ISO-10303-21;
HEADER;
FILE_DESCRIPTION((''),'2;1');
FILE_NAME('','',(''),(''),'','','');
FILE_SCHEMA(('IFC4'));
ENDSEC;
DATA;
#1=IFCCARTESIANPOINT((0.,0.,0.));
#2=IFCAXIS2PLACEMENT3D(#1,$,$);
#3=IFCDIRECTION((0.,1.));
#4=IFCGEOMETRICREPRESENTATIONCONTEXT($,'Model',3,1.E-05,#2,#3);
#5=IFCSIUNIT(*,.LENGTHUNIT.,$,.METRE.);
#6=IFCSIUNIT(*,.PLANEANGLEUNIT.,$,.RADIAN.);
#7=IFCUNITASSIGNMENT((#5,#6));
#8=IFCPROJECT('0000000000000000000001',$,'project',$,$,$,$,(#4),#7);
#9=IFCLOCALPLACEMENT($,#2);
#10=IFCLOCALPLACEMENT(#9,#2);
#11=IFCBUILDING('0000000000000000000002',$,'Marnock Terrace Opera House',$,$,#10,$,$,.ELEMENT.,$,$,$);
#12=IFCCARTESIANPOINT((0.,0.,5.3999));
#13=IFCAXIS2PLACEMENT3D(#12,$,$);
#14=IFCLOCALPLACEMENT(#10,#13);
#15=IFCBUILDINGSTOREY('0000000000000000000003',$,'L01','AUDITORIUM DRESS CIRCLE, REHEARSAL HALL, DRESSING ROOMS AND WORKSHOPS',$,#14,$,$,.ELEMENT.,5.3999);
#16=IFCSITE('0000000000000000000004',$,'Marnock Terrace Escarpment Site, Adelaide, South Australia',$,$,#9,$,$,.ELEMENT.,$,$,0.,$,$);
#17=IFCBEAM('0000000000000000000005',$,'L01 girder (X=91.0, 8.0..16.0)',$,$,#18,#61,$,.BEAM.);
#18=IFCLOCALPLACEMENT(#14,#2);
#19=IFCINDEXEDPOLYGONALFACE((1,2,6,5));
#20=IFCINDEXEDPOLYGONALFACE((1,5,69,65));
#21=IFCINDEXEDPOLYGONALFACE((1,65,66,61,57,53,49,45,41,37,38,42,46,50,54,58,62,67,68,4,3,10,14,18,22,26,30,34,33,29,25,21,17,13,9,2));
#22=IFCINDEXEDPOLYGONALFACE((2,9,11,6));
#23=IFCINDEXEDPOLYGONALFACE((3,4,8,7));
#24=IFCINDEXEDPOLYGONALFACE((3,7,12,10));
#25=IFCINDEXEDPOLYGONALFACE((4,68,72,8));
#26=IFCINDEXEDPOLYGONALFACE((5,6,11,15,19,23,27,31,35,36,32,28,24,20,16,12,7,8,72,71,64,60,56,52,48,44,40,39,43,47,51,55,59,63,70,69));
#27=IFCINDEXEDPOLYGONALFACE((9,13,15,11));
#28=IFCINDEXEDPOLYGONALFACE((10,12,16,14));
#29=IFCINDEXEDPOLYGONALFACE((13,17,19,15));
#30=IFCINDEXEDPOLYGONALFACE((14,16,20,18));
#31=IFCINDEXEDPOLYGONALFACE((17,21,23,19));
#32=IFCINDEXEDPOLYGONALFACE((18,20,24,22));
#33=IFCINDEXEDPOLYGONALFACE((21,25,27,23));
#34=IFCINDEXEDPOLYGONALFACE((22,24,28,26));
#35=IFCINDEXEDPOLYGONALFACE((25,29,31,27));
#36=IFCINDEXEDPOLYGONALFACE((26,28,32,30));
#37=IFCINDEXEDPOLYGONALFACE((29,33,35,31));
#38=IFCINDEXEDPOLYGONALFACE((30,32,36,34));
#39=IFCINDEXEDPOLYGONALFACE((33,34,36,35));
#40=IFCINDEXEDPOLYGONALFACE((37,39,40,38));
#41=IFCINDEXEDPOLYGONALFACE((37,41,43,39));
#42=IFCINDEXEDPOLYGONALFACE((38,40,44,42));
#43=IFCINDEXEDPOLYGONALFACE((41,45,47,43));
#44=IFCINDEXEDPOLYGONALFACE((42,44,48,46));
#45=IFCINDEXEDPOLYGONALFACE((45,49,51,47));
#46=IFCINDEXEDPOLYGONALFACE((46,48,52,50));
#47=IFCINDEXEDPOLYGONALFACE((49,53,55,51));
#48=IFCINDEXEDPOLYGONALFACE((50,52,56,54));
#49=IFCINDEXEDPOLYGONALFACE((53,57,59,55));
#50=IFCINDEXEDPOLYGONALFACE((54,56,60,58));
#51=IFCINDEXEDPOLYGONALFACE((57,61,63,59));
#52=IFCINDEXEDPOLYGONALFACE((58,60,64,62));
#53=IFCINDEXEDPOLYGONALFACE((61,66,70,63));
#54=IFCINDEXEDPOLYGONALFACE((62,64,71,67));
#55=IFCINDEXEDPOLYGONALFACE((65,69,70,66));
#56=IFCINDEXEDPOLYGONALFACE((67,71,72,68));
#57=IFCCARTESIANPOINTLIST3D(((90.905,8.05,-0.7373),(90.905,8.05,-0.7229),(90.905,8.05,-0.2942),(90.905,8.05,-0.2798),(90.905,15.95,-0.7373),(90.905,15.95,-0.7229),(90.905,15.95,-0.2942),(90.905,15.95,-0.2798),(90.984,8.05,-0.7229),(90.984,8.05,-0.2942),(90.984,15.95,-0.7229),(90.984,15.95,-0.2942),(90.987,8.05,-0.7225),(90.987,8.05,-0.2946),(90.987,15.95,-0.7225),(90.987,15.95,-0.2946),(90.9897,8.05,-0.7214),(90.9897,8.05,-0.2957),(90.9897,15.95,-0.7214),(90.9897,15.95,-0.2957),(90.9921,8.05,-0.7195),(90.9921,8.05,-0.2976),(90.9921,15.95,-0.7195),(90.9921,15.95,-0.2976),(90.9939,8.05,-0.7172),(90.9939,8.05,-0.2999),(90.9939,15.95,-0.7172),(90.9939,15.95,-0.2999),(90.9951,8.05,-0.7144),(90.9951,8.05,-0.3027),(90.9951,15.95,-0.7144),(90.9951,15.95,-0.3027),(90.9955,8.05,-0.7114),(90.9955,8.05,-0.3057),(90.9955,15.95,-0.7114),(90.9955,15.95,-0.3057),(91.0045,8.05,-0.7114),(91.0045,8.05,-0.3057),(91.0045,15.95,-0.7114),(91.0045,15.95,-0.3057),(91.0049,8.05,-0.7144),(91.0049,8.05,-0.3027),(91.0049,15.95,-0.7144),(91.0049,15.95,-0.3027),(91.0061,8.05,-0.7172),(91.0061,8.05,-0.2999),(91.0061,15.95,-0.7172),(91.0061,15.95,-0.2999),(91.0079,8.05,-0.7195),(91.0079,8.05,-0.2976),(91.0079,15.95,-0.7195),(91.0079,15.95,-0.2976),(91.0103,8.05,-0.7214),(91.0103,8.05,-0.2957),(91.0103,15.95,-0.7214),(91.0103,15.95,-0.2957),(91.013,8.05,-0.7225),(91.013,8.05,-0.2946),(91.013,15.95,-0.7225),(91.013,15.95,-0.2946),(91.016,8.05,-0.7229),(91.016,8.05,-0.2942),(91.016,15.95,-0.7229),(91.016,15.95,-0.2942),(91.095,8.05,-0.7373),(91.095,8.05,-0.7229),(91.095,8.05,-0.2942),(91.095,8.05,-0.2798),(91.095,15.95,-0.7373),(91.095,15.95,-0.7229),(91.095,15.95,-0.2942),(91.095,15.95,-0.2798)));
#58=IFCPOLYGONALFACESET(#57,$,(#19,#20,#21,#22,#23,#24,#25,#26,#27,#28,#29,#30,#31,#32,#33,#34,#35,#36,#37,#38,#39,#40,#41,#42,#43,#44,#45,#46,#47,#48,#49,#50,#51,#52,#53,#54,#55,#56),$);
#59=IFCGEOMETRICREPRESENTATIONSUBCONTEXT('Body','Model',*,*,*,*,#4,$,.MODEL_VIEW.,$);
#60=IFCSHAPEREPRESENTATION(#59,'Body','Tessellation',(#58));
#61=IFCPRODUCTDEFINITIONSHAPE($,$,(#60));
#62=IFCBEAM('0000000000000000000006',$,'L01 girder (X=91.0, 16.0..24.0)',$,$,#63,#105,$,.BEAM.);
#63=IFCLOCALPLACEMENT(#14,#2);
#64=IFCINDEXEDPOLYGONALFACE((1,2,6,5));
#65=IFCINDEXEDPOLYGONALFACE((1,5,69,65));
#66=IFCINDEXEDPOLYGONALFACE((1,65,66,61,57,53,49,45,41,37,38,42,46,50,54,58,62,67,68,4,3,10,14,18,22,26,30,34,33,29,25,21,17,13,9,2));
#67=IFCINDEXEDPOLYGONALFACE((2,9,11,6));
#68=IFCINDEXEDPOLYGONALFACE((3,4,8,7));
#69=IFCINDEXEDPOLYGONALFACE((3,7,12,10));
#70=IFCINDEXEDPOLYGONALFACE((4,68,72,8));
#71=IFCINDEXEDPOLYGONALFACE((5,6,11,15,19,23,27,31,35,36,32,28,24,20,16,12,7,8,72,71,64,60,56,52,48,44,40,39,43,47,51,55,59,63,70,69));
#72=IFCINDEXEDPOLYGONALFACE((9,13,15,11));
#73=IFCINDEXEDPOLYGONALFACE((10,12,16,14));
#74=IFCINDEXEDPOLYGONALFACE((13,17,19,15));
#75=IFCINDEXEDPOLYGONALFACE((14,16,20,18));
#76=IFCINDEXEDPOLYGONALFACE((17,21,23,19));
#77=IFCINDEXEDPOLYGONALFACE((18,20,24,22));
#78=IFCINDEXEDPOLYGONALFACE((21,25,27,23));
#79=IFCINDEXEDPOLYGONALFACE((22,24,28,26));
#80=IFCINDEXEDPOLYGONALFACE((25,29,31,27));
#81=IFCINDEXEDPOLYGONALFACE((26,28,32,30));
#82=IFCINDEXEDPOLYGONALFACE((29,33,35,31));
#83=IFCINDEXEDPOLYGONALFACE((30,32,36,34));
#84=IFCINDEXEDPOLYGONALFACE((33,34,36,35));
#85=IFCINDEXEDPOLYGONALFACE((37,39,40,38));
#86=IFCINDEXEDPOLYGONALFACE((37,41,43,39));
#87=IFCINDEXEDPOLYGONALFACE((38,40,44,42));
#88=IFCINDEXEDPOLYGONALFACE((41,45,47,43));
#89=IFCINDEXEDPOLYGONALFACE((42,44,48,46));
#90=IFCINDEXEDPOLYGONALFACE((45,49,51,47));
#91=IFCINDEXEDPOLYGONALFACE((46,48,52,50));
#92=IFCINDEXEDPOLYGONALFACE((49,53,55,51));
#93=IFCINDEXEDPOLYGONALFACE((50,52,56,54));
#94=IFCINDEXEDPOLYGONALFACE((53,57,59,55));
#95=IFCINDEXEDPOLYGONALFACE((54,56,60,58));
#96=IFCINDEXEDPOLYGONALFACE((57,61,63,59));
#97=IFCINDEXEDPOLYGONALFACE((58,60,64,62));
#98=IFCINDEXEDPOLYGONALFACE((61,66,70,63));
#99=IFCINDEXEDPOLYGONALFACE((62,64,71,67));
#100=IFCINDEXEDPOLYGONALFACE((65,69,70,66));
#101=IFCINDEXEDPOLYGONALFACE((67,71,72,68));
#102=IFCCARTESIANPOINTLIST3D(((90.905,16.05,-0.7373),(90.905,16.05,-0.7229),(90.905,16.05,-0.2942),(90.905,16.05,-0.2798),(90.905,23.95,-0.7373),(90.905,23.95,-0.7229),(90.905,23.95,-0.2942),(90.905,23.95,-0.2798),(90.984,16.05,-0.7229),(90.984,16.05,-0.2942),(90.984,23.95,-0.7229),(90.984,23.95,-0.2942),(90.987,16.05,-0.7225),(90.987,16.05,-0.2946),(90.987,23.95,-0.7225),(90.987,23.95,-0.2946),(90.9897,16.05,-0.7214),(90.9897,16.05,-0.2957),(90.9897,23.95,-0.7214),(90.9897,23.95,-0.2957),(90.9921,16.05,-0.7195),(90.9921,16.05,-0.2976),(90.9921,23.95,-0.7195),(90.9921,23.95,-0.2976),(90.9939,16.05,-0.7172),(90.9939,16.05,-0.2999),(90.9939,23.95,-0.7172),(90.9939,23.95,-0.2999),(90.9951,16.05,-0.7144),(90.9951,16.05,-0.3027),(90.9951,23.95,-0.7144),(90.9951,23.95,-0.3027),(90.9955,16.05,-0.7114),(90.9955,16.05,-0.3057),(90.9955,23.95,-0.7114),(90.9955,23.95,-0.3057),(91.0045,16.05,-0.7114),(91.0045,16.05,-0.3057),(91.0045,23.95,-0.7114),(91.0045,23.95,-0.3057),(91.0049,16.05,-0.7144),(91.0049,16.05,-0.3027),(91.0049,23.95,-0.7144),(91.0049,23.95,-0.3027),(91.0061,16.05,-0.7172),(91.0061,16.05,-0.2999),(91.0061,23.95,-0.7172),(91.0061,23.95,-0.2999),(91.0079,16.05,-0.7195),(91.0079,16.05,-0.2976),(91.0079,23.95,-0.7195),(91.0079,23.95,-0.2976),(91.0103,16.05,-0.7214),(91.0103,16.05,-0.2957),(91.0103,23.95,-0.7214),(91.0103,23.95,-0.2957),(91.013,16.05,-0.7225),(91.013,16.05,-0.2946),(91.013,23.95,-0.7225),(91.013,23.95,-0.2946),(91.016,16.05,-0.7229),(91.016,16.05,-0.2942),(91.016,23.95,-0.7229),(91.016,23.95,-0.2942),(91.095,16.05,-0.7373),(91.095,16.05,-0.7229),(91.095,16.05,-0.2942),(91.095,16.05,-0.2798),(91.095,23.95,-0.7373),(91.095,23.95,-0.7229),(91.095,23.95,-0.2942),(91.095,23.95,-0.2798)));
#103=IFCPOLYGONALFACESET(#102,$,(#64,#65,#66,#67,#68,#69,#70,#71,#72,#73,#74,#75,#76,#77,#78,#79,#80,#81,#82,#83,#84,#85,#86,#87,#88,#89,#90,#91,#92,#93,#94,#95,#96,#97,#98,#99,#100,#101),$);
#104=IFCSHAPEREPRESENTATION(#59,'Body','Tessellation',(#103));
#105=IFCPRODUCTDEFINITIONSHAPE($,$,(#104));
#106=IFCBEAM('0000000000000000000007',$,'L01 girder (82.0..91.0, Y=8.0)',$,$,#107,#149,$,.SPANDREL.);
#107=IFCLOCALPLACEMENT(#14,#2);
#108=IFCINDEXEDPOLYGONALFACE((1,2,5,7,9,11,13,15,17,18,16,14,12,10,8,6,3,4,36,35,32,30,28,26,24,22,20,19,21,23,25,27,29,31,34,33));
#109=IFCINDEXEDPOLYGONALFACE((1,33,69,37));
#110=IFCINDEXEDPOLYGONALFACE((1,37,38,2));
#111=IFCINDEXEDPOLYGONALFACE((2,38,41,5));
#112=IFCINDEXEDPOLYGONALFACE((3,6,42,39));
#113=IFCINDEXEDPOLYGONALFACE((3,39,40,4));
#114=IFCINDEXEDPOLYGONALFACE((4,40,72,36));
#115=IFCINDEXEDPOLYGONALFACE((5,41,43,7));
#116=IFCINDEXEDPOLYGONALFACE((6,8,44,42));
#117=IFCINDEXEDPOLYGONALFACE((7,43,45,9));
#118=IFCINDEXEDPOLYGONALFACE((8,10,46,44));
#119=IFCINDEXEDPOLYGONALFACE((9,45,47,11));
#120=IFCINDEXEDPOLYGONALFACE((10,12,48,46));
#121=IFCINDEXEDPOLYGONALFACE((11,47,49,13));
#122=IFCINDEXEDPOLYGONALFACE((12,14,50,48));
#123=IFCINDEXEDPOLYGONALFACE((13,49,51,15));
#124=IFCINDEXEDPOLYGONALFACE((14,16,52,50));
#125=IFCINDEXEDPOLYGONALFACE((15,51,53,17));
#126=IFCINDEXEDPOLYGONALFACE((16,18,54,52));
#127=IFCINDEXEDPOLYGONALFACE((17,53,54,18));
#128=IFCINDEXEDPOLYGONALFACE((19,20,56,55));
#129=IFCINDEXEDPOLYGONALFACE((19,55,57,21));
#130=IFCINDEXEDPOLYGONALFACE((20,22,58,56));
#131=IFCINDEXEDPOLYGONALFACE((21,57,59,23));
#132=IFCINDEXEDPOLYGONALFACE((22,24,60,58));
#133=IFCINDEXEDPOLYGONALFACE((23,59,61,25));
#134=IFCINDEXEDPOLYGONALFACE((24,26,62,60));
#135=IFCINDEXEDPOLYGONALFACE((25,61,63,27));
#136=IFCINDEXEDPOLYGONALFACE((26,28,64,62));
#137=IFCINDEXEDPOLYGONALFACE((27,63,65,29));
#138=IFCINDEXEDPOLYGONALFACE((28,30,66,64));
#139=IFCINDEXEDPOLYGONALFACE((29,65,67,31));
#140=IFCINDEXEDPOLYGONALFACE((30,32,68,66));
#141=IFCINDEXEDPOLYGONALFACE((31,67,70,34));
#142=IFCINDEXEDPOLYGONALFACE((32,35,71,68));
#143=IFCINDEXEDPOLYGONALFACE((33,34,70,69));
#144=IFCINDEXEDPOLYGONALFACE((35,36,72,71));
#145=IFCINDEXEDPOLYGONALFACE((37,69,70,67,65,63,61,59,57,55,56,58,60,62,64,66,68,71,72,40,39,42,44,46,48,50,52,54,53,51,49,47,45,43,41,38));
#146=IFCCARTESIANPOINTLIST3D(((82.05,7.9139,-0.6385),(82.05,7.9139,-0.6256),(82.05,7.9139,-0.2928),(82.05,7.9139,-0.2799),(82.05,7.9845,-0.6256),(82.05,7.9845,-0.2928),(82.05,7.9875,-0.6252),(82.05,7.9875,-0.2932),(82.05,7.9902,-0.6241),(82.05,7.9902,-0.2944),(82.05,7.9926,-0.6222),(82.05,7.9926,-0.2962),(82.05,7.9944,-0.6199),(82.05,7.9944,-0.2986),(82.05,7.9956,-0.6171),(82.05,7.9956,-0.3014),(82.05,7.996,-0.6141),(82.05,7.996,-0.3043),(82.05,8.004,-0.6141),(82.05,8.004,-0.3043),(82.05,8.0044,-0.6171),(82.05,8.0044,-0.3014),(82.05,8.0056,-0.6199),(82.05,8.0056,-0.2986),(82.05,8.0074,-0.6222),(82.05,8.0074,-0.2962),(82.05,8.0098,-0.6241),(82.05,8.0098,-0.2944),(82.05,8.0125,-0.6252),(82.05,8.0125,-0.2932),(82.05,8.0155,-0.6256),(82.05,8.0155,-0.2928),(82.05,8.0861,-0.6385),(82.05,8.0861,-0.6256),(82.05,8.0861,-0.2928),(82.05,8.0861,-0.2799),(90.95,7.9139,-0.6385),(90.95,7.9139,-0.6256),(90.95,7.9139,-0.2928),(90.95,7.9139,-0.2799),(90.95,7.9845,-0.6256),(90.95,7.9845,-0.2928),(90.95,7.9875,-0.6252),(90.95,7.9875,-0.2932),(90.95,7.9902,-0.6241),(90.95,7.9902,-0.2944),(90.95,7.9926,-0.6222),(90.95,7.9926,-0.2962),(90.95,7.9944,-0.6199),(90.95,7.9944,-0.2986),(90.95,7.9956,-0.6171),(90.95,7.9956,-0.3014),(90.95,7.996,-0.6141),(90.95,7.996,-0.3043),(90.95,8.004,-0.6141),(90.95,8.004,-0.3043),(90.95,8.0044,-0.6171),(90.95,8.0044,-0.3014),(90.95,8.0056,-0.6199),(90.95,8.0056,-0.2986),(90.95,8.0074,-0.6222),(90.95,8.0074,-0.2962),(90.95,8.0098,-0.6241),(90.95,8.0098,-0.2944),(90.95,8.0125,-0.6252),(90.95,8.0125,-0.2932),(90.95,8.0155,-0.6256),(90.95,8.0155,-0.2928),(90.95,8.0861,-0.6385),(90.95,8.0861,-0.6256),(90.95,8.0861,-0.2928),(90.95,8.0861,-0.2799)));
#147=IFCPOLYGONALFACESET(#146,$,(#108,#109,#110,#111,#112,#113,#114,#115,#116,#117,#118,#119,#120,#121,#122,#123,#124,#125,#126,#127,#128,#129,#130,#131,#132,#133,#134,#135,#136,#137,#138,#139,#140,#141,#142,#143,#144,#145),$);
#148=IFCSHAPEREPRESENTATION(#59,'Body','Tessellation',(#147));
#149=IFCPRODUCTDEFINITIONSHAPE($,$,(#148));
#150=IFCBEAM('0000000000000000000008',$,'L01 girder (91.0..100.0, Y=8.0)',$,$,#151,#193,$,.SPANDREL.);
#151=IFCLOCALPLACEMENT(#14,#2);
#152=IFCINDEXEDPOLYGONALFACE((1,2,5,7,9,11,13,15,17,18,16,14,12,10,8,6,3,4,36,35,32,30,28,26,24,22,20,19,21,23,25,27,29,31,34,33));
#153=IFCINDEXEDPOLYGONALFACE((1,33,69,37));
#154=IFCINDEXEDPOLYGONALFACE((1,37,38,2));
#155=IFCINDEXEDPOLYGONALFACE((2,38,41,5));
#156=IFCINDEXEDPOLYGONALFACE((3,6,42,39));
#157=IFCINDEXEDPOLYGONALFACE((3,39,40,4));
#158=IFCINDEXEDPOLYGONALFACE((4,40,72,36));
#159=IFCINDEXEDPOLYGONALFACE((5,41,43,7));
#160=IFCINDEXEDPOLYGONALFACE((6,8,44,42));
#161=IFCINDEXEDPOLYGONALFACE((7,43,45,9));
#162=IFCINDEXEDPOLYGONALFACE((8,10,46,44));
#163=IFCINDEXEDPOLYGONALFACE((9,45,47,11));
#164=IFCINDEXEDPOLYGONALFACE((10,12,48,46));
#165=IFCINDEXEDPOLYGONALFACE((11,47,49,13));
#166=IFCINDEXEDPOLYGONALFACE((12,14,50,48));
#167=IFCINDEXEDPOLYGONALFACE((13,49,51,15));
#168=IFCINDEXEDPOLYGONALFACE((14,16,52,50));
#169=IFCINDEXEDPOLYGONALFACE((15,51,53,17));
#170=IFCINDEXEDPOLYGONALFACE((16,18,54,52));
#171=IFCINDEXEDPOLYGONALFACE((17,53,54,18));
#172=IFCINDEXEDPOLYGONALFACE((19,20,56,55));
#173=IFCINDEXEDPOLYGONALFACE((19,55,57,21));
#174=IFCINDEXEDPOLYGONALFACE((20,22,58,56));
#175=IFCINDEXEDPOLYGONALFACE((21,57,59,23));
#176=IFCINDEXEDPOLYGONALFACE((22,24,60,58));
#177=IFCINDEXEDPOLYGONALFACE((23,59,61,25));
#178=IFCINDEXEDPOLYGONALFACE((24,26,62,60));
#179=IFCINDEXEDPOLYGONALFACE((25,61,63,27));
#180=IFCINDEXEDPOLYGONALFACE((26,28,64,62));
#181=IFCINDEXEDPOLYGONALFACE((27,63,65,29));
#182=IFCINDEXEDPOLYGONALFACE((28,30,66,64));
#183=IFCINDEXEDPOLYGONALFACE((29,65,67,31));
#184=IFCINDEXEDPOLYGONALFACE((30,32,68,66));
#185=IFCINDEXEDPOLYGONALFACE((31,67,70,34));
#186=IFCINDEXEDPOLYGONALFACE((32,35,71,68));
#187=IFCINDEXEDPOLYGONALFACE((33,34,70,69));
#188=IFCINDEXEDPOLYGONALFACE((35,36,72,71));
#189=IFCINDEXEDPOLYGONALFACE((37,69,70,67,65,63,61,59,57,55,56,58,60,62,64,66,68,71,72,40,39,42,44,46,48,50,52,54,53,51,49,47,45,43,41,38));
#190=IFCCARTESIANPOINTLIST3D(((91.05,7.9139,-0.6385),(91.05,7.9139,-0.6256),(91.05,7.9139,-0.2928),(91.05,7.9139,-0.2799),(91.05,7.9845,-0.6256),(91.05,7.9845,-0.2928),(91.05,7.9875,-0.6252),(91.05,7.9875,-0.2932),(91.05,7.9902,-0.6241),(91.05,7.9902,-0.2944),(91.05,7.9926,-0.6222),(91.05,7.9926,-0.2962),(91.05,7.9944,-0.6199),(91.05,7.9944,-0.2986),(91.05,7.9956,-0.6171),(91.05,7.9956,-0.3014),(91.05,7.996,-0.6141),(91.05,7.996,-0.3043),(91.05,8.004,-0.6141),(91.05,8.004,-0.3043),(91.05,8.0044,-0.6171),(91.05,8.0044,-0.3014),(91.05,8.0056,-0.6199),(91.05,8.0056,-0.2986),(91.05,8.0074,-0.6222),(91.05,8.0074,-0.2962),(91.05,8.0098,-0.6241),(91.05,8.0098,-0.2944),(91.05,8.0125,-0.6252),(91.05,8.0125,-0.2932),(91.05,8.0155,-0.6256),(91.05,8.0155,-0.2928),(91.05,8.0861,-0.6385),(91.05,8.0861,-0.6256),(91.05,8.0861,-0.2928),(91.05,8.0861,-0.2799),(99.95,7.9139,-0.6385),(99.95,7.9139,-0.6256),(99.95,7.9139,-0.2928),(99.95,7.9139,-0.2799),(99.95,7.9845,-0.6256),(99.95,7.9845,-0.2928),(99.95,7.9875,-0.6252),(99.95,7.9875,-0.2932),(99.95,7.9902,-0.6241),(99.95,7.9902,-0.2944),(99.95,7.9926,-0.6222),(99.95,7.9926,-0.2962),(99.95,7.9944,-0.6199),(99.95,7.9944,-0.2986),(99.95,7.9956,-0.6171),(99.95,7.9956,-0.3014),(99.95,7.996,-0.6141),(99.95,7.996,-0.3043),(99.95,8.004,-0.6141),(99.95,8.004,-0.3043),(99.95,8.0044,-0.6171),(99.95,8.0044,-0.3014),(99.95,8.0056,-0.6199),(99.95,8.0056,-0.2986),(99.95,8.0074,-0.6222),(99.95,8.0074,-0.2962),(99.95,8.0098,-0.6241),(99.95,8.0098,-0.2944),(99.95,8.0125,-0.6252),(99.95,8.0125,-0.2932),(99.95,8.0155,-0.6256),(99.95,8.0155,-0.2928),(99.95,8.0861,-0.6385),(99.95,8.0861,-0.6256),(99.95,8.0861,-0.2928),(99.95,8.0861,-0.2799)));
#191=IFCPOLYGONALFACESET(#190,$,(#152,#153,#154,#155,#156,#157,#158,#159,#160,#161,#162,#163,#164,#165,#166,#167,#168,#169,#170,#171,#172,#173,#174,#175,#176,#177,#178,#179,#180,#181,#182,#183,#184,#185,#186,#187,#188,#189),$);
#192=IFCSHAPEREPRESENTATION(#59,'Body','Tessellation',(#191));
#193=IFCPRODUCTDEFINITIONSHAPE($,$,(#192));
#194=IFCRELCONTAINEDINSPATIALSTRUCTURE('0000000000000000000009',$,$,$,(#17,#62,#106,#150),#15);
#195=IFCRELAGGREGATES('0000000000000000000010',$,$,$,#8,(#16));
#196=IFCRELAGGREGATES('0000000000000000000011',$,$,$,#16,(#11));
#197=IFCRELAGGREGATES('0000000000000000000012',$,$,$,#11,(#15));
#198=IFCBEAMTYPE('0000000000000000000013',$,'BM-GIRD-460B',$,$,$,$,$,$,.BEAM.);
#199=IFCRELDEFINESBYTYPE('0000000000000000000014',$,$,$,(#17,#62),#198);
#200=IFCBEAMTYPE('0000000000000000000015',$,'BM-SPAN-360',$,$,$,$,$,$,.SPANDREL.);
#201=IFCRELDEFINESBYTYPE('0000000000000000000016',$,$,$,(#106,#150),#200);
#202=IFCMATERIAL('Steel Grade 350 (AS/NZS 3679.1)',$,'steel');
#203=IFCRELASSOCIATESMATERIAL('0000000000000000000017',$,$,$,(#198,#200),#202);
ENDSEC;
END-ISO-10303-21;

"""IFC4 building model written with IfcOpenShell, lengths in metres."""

from ifc_helpers import new_model, si_unit, direction, frame, origin, origin_2d, place, context, subcontext, project, spatial, i_section, extrude, material, material_profile, profile_set, type_object, element, save


model = new_model("IFC4")

# Units and contexts
model_context = context("Model", 3, precision=1e-05, world=origin(), true_north=direction((0.0, 1.0)))
body_context = subcontext(model_context, "Body", "Model", "MODEL_VIEW")
ifc_project = project(units=[si_unit("LENGTHUNIT", "METRE"), si_unit("PLANEANGLEUNIT", "RADIAN")], contexts=[model_context])

# Site, building, storey
site_placement = place(None, origin())
site = spatial("IfcSite", under=ifc_project, at=site_placement, Name="Marnock Terrace Escarpment Site, Adelaide, South Australia", CompositionType="ELEMENT", RefElevation=0.0)
building_placement = place(site_placement, origin())
building = spatial("IfcBuilding", under=site, at=building_placement, Name="Marnock Terrace Opera House", CompositionType="ELEMENT")
storey_placement = place(building_placement, frame((0.0, 0.0, 5.3999)))
storey = spatial("IfcBuildingStorey", under=building, at=storey_placement, Name="L01", Description="AUDITORIUM DRESS CIRCLE, REHEARSAL HALL, DRESSING ROOMS AND WORKSHOPS", CompositionType="ELEMENT", Elevation=5.3999)

# Shared definitions
ifc_material_1 = material(Name="Steel Grade 350 (AS/NZS 3679.1)", Category="steel")

# Beams
ifc_material_profile_1 = material_profile(ifc_material_1, i_section(OverallWidth=0.1899, OverallDepth=0.4575, WebThickness=0.009, FlangeThickness=0.0144, FilletRadius=0.0115, at=origin_2d()))
ifc_profile_set_1 = profile_set([ifc_material_profile_1], Name="Steel Grade 350 (AS/NZS 3679.1)")
beam_type_1 = type_object("IfcBeamType", Name="BM-GIRD-460B", PredefinedType="BEAM", material=ifc_profile_set_1)
for number, where, z_axis, x_axis, name in (
    (1, (91.0, 8.05, -0.5085), (0.0, 1.0, 0.0), (-1.0, 0.0, 0.0), "L01 girder (X=91.0, 8.0..16.0)"),
    (2, (91.0, 16.05, -0.5085), (0.0, 1.0, 0.0), (-1.0, 0.0, 0.0), "L01 girder (X=91.0, 16.0..24.0)"),
):
    element("IfcBeam", number, at=place(storey_placement, frame(where, z_axis=z_axis, x_axis=x_axis)), inside=storey, type_object=beam_type_1, Name=name, PredefinedType="BEAM", context=body_context, shape_type="SweptSolid", body=[
        extrude(i_section(OverallWidth=0.1899, OverallDepth=0.4575, WebThickness=0.009, FlangeThickness=0.0144, FilletRadius=0.0115, at=origin_2d()), origin(), (0.0, 0.0, 1.0), 7.8999),
    ])
ifc_material_profile_2 = material_profile(ifc_material_1, i_section(OverallWidth=0.1721, OverallDepth=0.3586, WebThickness=0.0081, FlangeThickness=0.0129, FilletRadius=0.0115, at=origin_2d()))
ifc_profile_set_2 = profile_set([ifc_material_profile_2], Name="Steel Grade 350 (AS/NZS 3679.1)")
beam_type_2 = type_object("IfcBeamType", Name="BM-SPAN-360", PredefinedType="SPANDREL", material=ifc_profile_set_2)
for number, where, z_axis, x_axis, name in (
    (3, (82.05, 8.0, -0.4592), (1.0, 0.0, 0.0), (0.0, 1.0, 0.0), "L01 girder (82.0..91.0, Y=8.0)"),
    (4, (91.05, 8.0, -0.4592), (1.0, 0.0, 0.0), (0.0, 1.0, 0.0), "L01 girder (91.0..100.0, Y=8.0)"),
):
    element("IfcBeam", number, at=place(storey_placement, frame(where, z_axis=z_axis, x_axis=x_axis)), inside=storey, type_object=beam_type_2, Name=name, PredefinedType="SPANDREL", context=body_context, shape_type="SweptSolid", body=[
        extrude(i_section(OverallWidth=0.1721, OverallDepth=0.3586, WebThickness=0.0081, FlangeThickness=0.0129, FilletRadius=0.0115, at=origin_2d()), origin(), (0.0, 0.0, 1.0), 8.8999),
    ])

save(model, "model.ifc")
